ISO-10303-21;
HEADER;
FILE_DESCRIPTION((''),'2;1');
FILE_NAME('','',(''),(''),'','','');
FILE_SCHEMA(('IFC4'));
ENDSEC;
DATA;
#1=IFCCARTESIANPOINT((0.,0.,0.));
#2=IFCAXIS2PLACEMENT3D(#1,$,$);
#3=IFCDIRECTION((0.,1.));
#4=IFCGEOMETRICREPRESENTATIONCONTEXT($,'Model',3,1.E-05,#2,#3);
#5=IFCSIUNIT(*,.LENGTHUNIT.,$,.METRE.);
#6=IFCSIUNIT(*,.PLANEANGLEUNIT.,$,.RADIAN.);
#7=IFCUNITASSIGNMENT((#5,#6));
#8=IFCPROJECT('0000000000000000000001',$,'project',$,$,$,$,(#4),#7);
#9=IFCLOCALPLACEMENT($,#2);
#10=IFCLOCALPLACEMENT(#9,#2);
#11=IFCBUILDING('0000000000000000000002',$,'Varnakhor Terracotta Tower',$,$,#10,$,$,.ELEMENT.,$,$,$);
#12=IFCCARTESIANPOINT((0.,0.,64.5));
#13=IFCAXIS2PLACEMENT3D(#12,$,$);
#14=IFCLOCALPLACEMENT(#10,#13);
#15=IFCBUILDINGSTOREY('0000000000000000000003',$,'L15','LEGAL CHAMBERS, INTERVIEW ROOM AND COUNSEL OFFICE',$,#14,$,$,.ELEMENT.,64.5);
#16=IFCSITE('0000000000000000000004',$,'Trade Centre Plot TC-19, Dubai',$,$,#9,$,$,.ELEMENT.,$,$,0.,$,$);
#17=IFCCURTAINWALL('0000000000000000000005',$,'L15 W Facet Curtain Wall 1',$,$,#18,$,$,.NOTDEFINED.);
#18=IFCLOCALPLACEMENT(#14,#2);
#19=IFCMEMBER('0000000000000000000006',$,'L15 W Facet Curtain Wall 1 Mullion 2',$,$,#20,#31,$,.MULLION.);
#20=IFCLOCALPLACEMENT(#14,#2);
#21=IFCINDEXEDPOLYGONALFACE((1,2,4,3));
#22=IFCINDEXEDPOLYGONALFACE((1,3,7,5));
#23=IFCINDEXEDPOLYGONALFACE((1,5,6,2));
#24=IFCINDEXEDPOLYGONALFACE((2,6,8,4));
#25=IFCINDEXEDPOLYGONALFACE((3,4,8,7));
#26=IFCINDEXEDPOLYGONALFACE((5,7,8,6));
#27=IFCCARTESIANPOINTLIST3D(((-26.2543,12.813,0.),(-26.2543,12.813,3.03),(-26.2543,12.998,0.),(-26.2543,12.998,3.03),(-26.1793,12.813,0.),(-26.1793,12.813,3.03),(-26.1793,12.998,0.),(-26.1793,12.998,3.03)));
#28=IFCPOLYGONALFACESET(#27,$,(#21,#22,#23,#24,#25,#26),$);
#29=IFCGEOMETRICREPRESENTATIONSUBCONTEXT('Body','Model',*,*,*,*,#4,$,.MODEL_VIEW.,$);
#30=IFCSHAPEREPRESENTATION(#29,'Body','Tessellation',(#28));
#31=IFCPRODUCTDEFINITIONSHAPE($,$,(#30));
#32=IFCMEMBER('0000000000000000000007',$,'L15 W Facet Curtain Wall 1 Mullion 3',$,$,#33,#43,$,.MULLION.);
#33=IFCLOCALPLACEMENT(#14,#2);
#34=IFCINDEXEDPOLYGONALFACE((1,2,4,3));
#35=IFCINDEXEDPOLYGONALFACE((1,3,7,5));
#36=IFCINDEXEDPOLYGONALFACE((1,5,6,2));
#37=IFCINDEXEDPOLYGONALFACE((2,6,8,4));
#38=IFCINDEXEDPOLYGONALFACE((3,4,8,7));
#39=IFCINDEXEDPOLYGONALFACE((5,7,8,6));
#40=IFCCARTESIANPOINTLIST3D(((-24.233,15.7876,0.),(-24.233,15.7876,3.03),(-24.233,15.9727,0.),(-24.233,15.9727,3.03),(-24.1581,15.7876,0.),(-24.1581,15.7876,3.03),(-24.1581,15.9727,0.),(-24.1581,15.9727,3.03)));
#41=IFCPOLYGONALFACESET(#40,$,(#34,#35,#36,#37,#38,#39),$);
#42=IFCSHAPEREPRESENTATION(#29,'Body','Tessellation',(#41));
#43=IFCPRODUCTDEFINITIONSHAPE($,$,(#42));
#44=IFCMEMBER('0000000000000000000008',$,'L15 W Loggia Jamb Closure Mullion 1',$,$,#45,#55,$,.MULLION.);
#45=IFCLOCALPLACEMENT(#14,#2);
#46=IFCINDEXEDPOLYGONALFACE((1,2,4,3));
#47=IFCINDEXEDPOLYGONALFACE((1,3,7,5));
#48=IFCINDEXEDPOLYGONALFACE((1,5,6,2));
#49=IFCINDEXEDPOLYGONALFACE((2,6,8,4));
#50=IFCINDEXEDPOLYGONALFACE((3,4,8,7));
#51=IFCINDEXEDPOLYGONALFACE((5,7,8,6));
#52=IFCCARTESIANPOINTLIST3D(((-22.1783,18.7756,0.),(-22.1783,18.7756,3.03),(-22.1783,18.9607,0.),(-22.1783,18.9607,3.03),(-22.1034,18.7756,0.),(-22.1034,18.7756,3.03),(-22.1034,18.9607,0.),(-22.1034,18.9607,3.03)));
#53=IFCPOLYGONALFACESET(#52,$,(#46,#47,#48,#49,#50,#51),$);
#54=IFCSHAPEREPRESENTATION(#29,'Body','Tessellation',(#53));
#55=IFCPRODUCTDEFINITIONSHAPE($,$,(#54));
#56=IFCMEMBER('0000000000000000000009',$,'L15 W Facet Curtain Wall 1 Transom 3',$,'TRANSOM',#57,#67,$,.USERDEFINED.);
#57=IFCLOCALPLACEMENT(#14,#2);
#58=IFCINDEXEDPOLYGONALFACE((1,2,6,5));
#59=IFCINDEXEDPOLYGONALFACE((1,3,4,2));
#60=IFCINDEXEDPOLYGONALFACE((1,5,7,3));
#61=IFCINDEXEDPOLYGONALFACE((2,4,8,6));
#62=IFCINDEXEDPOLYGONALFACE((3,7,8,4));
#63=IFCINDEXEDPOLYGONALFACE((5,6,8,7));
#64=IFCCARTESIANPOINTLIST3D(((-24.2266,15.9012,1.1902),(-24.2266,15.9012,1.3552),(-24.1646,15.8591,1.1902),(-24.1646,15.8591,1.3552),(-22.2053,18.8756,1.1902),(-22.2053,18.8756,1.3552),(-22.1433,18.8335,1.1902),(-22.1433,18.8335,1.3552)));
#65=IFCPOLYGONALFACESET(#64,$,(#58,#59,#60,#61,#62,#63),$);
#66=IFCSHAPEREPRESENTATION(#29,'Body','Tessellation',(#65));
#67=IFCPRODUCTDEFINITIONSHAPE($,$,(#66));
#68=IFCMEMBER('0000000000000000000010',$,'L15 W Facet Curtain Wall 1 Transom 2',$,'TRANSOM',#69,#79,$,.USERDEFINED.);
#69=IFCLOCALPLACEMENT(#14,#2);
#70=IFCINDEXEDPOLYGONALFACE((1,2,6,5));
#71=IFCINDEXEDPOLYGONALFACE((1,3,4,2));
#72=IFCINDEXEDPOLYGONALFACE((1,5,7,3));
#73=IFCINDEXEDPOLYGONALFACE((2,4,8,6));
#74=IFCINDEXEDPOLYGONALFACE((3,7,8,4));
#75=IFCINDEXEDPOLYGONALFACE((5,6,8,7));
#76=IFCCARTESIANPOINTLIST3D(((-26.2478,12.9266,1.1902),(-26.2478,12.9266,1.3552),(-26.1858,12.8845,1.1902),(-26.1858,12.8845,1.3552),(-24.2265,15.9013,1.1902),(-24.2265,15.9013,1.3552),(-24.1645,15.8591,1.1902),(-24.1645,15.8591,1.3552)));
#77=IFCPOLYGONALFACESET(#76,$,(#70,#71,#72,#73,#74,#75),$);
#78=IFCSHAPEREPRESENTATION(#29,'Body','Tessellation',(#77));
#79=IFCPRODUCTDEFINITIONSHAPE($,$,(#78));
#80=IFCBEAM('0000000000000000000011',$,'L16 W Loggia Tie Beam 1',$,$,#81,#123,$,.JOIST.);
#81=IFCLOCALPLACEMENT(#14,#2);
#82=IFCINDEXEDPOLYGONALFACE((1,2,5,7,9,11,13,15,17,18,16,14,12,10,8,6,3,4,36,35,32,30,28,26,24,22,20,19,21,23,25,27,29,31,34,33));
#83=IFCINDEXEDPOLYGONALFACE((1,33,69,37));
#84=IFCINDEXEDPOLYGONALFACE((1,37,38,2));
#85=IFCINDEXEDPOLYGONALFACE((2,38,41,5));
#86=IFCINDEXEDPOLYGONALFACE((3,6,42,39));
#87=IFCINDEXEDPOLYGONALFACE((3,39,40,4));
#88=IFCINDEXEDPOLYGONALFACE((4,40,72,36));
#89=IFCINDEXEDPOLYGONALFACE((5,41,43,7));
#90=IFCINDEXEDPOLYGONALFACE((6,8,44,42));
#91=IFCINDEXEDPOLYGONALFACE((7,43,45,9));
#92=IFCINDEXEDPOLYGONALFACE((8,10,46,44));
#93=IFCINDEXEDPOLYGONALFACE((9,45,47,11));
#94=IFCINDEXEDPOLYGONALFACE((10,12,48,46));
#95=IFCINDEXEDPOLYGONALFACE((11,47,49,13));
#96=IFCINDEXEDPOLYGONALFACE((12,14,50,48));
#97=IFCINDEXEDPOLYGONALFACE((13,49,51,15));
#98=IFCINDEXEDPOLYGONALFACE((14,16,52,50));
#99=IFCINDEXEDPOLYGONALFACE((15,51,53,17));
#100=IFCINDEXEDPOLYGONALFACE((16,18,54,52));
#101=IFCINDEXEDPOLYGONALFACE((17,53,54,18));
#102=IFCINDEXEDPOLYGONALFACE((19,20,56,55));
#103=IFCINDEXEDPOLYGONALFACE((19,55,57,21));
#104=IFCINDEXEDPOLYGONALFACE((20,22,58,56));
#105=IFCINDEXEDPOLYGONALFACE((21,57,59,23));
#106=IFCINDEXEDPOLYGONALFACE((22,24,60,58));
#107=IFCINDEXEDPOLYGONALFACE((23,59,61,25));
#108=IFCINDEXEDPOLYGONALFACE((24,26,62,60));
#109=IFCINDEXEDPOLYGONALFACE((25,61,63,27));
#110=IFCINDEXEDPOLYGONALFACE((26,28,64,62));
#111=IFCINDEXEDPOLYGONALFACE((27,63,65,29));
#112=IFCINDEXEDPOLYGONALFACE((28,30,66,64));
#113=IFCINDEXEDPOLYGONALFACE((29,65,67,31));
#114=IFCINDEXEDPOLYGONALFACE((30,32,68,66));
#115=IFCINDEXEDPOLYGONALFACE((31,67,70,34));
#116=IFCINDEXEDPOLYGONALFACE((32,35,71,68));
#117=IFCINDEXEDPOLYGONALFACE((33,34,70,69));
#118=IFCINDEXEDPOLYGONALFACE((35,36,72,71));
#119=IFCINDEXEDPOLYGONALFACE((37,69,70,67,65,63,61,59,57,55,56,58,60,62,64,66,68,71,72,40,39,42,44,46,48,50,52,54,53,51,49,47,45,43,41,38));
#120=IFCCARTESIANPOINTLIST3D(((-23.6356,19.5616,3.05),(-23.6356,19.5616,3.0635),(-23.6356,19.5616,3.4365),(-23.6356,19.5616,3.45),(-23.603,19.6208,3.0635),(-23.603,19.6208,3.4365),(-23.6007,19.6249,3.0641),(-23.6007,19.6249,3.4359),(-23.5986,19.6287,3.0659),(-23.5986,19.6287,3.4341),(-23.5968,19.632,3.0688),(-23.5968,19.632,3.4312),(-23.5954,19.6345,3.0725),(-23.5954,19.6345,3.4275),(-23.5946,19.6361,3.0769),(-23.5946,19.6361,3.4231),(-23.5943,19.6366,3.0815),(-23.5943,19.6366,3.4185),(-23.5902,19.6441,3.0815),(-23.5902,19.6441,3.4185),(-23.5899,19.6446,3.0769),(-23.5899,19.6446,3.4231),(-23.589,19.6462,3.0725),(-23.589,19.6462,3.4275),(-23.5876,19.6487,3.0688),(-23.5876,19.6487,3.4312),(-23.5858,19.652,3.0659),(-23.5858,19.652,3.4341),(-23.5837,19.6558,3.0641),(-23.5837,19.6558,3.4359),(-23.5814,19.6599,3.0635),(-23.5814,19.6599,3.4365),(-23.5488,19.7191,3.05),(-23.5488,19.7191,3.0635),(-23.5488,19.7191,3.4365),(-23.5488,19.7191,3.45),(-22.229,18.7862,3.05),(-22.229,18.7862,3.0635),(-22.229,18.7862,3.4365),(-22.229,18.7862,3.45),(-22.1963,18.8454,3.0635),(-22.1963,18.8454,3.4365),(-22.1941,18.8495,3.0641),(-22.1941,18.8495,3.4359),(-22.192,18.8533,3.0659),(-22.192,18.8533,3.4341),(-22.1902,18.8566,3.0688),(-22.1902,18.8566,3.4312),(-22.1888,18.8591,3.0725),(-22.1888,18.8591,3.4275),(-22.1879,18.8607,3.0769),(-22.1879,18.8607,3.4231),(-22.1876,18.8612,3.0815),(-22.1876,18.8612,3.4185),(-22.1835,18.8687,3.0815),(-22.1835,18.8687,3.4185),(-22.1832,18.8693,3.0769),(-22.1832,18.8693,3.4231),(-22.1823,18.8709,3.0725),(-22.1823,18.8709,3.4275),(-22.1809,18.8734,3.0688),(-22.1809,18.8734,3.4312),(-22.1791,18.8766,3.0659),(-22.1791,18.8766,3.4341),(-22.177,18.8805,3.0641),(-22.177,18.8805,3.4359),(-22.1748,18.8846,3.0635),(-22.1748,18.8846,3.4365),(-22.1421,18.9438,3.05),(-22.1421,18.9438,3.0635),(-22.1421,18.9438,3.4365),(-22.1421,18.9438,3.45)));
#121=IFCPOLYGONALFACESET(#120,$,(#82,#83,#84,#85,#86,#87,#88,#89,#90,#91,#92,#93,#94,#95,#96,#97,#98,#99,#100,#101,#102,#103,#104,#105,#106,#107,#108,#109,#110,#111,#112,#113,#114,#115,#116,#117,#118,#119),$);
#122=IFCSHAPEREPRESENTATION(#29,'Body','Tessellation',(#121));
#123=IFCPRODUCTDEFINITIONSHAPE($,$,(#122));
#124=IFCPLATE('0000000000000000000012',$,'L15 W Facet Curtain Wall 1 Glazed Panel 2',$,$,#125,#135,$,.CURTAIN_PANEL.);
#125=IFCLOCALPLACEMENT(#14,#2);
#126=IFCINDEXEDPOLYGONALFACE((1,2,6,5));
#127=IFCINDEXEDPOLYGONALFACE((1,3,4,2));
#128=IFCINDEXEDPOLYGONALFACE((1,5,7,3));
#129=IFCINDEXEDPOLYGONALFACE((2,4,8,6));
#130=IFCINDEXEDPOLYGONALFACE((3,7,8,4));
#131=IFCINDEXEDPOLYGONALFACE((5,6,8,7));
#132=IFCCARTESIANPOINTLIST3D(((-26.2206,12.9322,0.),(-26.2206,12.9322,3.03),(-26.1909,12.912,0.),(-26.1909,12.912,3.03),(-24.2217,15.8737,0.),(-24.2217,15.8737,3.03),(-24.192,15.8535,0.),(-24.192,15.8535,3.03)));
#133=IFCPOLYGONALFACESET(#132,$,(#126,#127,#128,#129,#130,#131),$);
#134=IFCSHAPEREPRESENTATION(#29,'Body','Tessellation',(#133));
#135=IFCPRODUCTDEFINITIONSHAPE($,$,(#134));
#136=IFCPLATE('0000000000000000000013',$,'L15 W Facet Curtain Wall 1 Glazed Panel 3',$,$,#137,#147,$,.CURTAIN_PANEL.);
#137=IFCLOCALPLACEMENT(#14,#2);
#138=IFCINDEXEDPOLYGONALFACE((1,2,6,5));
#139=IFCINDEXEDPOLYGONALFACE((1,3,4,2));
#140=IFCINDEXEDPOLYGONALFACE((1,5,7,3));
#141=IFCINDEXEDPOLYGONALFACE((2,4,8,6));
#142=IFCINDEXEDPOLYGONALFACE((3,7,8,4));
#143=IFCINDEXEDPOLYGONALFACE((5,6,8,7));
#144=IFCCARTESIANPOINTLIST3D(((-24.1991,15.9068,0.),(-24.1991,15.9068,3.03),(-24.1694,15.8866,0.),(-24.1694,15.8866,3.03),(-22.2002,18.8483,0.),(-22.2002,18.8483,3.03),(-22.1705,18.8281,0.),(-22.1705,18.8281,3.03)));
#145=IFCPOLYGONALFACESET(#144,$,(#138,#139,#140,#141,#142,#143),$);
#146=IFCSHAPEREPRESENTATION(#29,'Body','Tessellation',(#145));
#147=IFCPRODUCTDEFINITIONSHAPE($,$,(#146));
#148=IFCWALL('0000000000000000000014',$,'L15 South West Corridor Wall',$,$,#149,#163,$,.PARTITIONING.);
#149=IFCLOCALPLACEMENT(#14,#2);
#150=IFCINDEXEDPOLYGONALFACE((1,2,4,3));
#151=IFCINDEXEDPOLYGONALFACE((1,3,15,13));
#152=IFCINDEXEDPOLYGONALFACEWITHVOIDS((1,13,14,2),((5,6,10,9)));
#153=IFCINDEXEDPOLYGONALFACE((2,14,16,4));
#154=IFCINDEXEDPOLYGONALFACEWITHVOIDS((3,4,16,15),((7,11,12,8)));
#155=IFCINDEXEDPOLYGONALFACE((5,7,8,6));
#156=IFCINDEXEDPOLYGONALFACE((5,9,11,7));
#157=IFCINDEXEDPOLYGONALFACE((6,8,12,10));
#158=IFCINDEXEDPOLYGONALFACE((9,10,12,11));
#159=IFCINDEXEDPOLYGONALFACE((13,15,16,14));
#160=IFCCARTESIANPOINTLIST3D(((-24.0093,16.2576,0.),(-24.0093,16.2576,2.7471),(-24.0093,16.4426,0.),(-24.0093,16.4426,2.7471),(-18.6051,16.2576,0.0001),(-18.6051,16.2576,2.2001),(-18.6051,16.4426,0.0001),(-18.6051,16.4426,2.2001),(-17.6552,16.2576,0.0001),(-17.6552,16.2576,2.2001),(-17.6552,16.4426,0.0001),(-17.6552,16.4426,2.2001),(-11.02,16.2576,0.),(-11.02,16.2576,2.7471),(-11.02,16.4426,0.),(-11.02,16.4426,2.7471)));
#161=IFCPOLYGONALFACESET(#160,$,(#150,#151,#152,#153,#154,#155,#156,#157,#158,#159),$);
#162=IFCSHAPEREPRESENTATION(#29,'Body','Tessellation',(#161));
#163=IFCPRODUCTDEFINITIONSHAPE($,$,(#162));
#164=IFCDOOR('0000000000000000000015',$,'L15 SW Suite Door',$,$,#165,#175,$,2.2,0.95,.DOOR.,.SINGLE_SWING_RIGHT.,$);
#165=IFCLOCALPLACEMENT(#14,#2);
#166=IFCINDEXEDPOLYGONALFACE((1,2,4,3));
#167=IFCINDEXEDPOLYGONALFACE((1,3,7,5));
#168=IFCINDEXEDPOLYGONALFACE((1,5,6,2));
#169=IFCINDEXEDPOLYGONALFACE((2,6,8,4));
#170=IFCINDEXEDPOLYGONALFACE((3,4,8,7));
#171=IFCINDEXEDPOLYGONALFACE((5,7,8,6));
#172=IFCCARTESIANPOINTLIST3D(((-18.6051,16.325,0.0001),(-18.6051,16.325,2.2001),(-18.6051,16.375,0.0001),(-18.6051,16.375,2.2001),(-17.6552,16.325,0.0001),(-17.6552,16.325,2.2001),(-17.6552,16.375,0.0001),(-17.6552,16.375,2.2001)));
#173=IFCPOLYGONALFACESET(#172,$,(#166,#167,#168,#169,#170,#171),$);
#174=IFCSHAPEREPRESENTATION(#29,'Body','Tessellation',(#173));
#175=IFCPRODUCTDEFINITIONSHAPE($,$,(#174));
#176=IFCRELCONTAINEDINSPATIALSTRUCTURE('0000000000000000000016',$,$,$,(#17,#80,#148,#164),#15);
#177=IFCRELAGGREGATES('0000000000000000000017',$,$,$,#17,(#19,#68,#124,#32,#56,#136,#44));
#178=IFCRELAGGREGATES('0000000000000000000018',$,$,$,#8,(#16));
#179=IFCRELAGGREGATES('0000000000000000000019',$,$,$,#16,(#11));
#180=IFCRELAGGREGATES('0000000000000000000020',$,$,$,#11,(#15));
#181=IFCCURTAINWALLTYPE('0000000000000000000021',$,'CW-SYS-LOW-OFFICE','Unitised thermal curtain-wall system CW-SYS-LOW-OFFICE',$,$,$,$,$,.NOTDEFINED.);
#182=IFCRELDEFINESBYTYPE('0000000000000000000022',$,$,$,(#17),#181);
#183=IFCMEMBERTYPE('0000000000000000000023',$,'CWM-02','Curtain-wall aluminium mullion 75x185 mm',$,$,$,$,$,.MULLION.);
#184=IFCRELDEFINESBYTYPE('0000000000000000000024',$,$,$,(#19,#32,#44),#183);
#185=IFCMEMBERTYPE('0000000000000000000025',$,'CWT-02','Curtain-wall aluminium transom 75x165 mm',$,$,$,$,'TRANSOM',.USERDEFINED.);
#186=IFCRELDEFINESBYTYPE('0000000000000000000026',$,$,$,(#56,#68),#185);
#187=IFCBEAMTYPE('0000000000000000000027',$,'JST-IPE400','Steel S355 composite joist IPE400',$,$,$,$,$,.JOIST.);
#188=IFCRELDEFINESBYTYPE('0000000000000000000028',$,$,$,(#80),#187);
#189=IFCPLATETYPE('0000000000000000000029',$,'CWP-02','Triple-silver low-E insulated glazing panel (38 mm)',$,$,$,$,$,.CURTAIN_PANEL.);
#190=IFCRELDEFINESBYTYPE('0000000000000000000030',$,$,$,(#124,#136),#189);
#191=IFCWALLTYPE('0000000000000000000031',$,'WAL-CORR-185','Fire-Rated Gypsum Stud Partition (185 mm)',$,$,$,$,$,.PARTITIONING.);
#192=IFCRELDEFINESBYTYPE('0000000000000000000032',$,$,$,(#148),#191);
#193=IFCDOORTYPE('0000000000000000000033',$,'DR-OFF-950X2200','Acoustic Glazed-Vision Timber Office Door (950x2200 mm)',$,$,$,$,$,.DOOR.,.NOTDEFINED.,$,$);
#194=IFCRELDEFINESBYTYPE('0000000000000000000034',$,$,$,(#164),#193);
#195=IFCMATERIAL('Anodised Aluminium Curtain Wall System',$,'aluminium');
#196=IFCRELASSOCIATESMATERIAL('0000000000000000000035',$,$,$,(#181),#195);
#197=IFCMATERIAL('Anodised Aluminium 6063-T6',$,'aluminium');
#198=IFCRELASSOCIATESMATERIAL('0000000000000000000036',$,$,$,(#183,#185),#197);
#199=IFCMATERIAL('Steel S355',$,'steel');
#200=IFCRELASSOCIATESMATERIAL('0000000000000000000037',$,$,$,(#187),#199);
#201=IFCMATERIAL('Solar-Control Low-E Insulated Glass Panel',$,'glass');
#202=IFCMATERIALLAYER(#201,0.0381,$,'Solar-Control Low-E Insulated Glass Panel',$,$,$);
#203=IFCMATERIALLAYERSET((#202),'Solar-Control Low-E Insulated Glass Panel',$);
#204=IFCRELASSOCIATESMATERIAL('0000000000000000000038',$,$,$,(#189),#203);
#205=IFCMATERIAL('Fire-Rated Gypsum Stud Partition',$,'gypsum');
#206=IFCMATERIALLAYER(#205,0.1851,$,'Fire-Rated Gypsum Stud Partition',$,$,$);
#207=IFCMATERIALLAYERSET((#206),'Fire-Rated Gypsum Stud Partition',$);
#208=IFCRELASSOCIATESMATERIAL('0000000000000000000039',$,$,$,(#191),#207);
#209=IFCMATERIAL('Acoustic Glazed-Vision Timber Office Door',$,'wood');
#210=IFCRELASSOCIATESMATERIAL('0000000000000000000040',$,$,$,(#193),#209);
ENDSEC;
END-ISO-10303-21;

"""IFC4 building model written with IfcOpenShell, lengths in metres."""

from ifc_helpers import new_model, si_unit, direction, frame, frame_2d, origin, origin_2d, place, context, subcontext, project, spatial, rectangle, i_section, extrude, source, transform, mapped, material, layer, layer_set, material_profile, profile_set, type_object, type_shapes, element, fill, aggregate, save


model = new_model("IFC4")

# Units and contexts
model_context = context("Model", 3, precision=1e-05, world=origin(), true_north=direction((0.0, 1.0)))
body_context = subcontext(model_context, "Body", "Model", "MODEL_VIEW")
ifc_project = project(units=[si_unit("LENGTHUNIT", "METRE"), si_unit("PLANEANGLEUNIT", "RADIAN")], contexts=[model_context])

# Site, building, storey
site_placement = place(None, origin())
site = spatial("IfcSite", under=ifc_project, at=site_placement, Name="Trade Centre Plot TC-19, Dubai", CompositionType="ELEMENT", RefElevation=0.0)
building_placement = place(site_placement, origin())
building = spatial("IfcBuilding", under=site, at=building_placement, Name="Varnakhor Terracotta Tower", CompositionType="ELEMENT")
storey_placement = place(building_placement, frame((0.0, 0.0, 64.5)))
storey = spatial("IfcBuildingStorey", under=building, at=storey_placement, Name="L15", Description="LEGAL CHAMBERS, INTERVIEW ROOM AND COUNSEL OFFICE", CompositionType="ELEMENT", Elevation=64.5)

# Shared definitions
ifc_material_1 = material(Name="Steel S355", Category="steel")

# Curtain wall, members
ifc_material_2 = material(Name="Anodised Aluminium Curtain Wall System", Category="aluminium")
curtain_wall_type = type_object("IfcCurtainWallType", Name="CW-SYS-LOW-OFFICE", Description="Unitised thermal curtain-wall system CW-SYS-LOW-OFFICE", PredefinedType="NOTDEFINED", material=ifc_material_2)
curtain_wall_placement = place(storey_placement, origin())
curtain_wall = element("IfcCurtainWall", 1, at=curtain_wall_placement, inside=storey, type_object=curtain_wall_type, Name="L15 W Facet Curtain Wall 1", PredefinedType="NOTDEFINED")
ifc_material_3 = material(Name="Anodised Aluminium 6063-T6", Category="aluminium")
ifc_material_profile_1 = material_profile(ifc_material_3, rectangle(XDim=0.075, YDim=0.1851, at=origin_2d()), Name="ALU MULLION 75x185")
ifc_profile_set_1 = profile_set([ifc_material_profile_1], Name="Anodised Aluminium 6063-T6")
member_type_1 = type_object("IfcMemberType", Name="CWM-02", Description="Curtain-wall aluminium mullion 75x185 mm", PredefinedType="MULLION", material=ifc_profile_set_1)
shared_shape_1 = source(origin(), body_context, "Body", "SweptSolid", [
    extrude(rectangle(XDim=0.075, YDim=0.1851, at=origin_2d()), origin(), (0.0, 0.0, 1.0), 3.03),
])
type_shapes(member_type_1, [shared_shape_1])
member_1_placement = place(storey_placement, frame((-26.2168, 12.9055, 0.0), z_axis=(0.0, 0.0, 1.0), x_axis=(1.0, 0.0, 0.0)))
member_1 = element("IfcMember", 2, at=member_1_placement, type_object=member_type_1, Name="L15 W Facet Curtain Wall 1 Mullion 2", PredefinedType="MULLION", context=body_context, shape_type="MappedRepresentation", body=[
    mapped(shared_shape_1, transform((0.0, 0.0, 0.0), scale=1.0)),
])
member_2_placement = place(storey_placement, frame((-24.1956, 15.8801, 0.0), z_axis=(0.0, 0.0, 1.0), x_axis=(1.0, 0.0, 0.0)))
member_2 = element("IfcMember", 3, at=member_2_placement, type_object=member_type_1, Name="L15 W Facet Curtain Wall 1 Mullion 3", PredefinedType="MULLION", context=body_context, shape_type="MappedRepresentation", body=[
    mapped(shared_shape_1, transform((0.0, 0.0, 0.0), scale=1.0)),
])
member_3_placement = place(storey_placement, frame((-22.1409, 18.8682, 0.0), z_axis=(0.0, 0.0, 1.0), x_axis=(1.0, 0.0, 0.0)))
member_3 = element("IfcMember", 4, at=member_3_placement, type_object=member_type_1, Name="L15 W Loggia Jamb Closure Mullion 1", PredefinedType="MULLION", context=body_context, shape_type="MappedRepresentation", body=[
    mapped(shared_shape_1, transform((0.0, 0.0, 0.0), scale=1.0)),
])
ifc_material_profile_2 = material_profile(ifc_material_3, rectangle(XDim=0.075, YDim=0.165, at=origin_2d()), Name="ALU TRANSOM 75x165")
ifc_profile_set_2 = profile_set([ifc_material_profile_2], Name="Anodised Aluminium 6063-T6")
member_type_2 = type_object("IfcMemberType", Name="CWT-02", Description="Curtain-wall aluminium transom 75x165 mm", ElementType="TRANSOM", PredefinedType="USERDEFINED", material=ifc_profile_set_2)
shared_shape_2 = source(origin(), body_context, "Body", "SweptSolid", [
    extrude(rectangle(XDim=0.075, YDim=0.165, at=origin_2d()), origin(), (0.0, 0.0, 1.0), 3.5962),
])
member_4_placement = place(storey_placement, frame((-24.1956, 15.8801, 1.2727), z_axis=(0.562057, 0.827098, 0.0), x_axis=(-0.827098, 0.562057, 0.0)))
member_4 = element("IfcMember", 5, at=member_4_placement, type_object=member_type_2, Name="L15 W Facet Curtain Wall 1 Transom 3", ObjectType="TRANSOM", PredefinedType="USERDEFINED", context=body_context, shape_type="MappedRepresentation", body=[
    mapped(shared_shape_2, transform((0.0, 0.0, 0.0), scale=1.0)),
])
shared_shape_3 = source(origin(), body_context, "Body", "SweptSolid", [
    extrude(rectangle(XDim=0.075, YDim=0.165, at=origin_2d()), origin(), (0.0, 0.0, 1.0), 3.5964),
])
member_5_placement = place(storey_placement, frame((-26.2168, 12.9055, 1.2727), z_axis=(0.562026, 0.82712, 0.0), x_axis=(-0.82712, 0.562026, 0.0)))
member_5 = element("IfcMember", 6, at=member_5_placement, type_object=member_type_2, Name="L15 W Facet Curtain Wall 1 Transom 2", ObjectType="TRANSOM", PredefinedType="USERDEFINED", context=body_context, shape_type="MappedRepresentation", body=[
    mapped(shared_shape_3, transform((0.0, 0.0, 0.0), scale=1.0)),
])

# Beam
ifc_material_profile_3 = material_profile(ifc_material_1, i_section(OverallWidth=0.1799, OverallDepth=0.3999, WebThickness=0.0085, FlangeThickness=0.0134, FilletRadius=0.0181, at=origin_2d()), Name="IPE400")
ifc_profile_set_3 = profile_set([ifc_material_profile_3], Name="Steel S355")
beam_type_1 = type_object("IfcBeamType", Name="JST-IPE400", Description="Steel S355 composite joist IPE400", PredefinedType="JOIST", material=ifc_profile_set_3)
shared_shape_4 = source(origin(), body_context, "Body", "SweptSolid", [
    extrude(i_section(OverallWidth=0.1799, OverallDepth=0.3999, WebThickness=0.0085, FlangeThickness=0.0134, FilletRadius=0.0181, at=origin_2d()), origin(), (0.0, 0.0, 1.0), 1.6062),
])
beam_1_placement = place(storey_placement, frame((-22.1855, 18.865, 3.25), z_axis=(-0.875773, 0.482724, 0.0), x_axis=(-0.482724, -0.875773, 0.0)))
element("IfcBeam", 7, at=beam_1_placement, inside=storey, type_object=beam_type_1, Name="L16 W Loggia Tie Beam 1", PredefinedType="JOIST", context=body_context, shape_type="MappedRepresentation", body=[
    mapped(shared_shape_4, transform((0.0, 0.0, 0.0), scale=1.0)),
])

# Plates
ifc_material_4 = material(Name="Solar-Control Low-E Insulated Glass Panel", Category="glass")
ifc_layer_1 = layer(ifc_material_4, 0.0381, Name="Solar-Control Low-E Insulated Glass Panel")
ifc_layer_set_1 = layer_set([ifc_layer_1], Name="Solar-Control Low-E Insulated Glass Panel")
plate_type = type_object("IfcPlateType", Name="CWP-02", Description="Triple-silver low-E insulated glazing panel (38 mm)", PredefinedType="CURTAIN_PANEL", material=ifc_layer_set_1)
shared_shape_5 = source(origin(), body_context, "Body", "SweptSolid", [
    extrude(rectangle(XDim=3.5564, YDim=0.0359, at=origin_2d()), origin(), (0.0, 0.0, 1.0), 3.03),
])
plate_1_placement = place(storey_placement, frame((-25.2063, 14.3928, 0.0), z_axis=(0.0, 0.0, 1.0), x_axis=(0.562055, 0.8271, 0.0)))
plate_1 = element("IfcPlate", 8, at=plate_1_placement, type_object=plate_type, Name="L15 W Facet Curtain Wall 1 Glazed Panel 2", PredefinedType="CURTAIN_PANEL", context=body_context, shape_type="MappedRepresentation", body=[
    mapped(shared_shape_5, transform((0.0, 0.0, 0.0), scale=1.0)),
])
plate_2_placement = place(storey_placement, frame((-23.1848, 17.3674, 0.0), z_axis=(0.0, 0.0, 1.0), x_axis=(0.562055, 0.8271, 0.0)))
plate_2 = element("IfcPlate", 9, at=plate_2_placement, type_object=plate_type, Name="L15 W Facet Curtain Wall 1 Glazed Panel 3", PredefinedType="CURTAIN_PANEL", context=body_context, shape_type="MappedRepresentation", body=[
    mapped(shared_shape_5, transform((0.0, 0.0, 0.0), scale=1.0)),
])
aggregate(curtain_wall, [member_1, member_5, plate_1, member_2, member_4, plate_2, member_3])

# Wall, opening, door
ifc_material_5 = material(Name="Fire-Rated Gypsum Stud Partition", Category="gypsum")
ifc_layer_2 = layer(ifc_material_5, 0.1851, Name="Fire-Rated Gypsum Stud Partition")
ifc_layer_set_2 = layer_set([ifc_layer_2], Name="Fire-Rated Gypsum Stud Partition")
wall_type_1 = type_object("IfcWallType", Name="WAL-CORR-185", Description="Fire-Rated Gypsum Stud Partition (185 mm)", PredefinedType="PARTITIONING", material=ifc_layer_set_2)
wall_1_placement = place(storey_placement, frame((-24.0093, 16.3501, 0.0), z_axis=(0.0, 0.0, 1.0), x_axis=(1.0, 0.0, 0.0)))
wall_1 = element("IfcWall", 10, at=wall_1_placement, inside=storey, type_object=wall_type_1, Name="L15 South West Corridor Wall", PredefinedType="PARTITIONING", context=body_context, shape_type="SweptSolid", body=[
    extrude(rectangle(XDim=12.9893, YDim=0.1851, at=frame_2d((6.4946, 0.0))), origin(), (0.0, 0.0, 1.0), 2.7471),
])
opening_1_placement = place(wall_1_placement, frame((5.4041, 0.0, 0.0)))
opening_1 = element("IfcOpeningElement", 11, at=opening_1_placement, cuts=wall_1, PredefinedType="OPENING", context=body_context, shape_type="SweptSolid", body=[
    extrude(rectangle(XDim=0.95, YDim=2.2, at=frame_2d((0.4751, 1.1001))), frame((0.0, 0.1025, 0.0), z_axis=(0.0, -1.0, 0.0), x_axis=(1.0, 0.0, 0.0)), (0.0, 0.0, 1.0), 0.2051),
])
ifc_material_6 = material(Name="Acoustic Glazed-Vision Timber Office Door", Category="wood")
door_type_1 = type_object("IfcDoorType", Name="DR-OFF-950X2200", Description="Acoustic Glazed-Vision Timber Office Door (950x2200 mm)", OperationType="NOTDEFINED", PredefinedType="DOOR", material=ifc_material_6)
shared_shape_6 = source(origin(), body_context, "Body", "SweptSolid", [
    extrude(rectangle(XDim=0.95, YDim=2.2, at=frame_2d((0.4751, 1.1001))), frame((0.0, 0.0249, 0.0), z_axis=(0.0, -1.0, 0.0), x_axis=(1.0, 0.0, 0.0)), (0.0, 0.0, 1.0), 0.05),
])
type_shapes(door_type_1, [shared_shape_6])
door_1_placement = place(opening_1_placement, origin())
door_1 = element("IfcDoor", 12, at=door_1_placement, inside=storey, type_object=door_type_1, Name="L15 SW Suite Door", OperationType="SINGLE_SWING_RIGHT", OverallHeight=2.2, OverallWidth=0.95, PredefinedType="DOOR", context=body_context, shape_type="MappedRepresentation", body=[
    mapped(shared_shape_6, transform((0.0, 0.0, 0.0), scale=1.0)),
])
fill(opening_1, door_1)

save(model, "model.ifc")
